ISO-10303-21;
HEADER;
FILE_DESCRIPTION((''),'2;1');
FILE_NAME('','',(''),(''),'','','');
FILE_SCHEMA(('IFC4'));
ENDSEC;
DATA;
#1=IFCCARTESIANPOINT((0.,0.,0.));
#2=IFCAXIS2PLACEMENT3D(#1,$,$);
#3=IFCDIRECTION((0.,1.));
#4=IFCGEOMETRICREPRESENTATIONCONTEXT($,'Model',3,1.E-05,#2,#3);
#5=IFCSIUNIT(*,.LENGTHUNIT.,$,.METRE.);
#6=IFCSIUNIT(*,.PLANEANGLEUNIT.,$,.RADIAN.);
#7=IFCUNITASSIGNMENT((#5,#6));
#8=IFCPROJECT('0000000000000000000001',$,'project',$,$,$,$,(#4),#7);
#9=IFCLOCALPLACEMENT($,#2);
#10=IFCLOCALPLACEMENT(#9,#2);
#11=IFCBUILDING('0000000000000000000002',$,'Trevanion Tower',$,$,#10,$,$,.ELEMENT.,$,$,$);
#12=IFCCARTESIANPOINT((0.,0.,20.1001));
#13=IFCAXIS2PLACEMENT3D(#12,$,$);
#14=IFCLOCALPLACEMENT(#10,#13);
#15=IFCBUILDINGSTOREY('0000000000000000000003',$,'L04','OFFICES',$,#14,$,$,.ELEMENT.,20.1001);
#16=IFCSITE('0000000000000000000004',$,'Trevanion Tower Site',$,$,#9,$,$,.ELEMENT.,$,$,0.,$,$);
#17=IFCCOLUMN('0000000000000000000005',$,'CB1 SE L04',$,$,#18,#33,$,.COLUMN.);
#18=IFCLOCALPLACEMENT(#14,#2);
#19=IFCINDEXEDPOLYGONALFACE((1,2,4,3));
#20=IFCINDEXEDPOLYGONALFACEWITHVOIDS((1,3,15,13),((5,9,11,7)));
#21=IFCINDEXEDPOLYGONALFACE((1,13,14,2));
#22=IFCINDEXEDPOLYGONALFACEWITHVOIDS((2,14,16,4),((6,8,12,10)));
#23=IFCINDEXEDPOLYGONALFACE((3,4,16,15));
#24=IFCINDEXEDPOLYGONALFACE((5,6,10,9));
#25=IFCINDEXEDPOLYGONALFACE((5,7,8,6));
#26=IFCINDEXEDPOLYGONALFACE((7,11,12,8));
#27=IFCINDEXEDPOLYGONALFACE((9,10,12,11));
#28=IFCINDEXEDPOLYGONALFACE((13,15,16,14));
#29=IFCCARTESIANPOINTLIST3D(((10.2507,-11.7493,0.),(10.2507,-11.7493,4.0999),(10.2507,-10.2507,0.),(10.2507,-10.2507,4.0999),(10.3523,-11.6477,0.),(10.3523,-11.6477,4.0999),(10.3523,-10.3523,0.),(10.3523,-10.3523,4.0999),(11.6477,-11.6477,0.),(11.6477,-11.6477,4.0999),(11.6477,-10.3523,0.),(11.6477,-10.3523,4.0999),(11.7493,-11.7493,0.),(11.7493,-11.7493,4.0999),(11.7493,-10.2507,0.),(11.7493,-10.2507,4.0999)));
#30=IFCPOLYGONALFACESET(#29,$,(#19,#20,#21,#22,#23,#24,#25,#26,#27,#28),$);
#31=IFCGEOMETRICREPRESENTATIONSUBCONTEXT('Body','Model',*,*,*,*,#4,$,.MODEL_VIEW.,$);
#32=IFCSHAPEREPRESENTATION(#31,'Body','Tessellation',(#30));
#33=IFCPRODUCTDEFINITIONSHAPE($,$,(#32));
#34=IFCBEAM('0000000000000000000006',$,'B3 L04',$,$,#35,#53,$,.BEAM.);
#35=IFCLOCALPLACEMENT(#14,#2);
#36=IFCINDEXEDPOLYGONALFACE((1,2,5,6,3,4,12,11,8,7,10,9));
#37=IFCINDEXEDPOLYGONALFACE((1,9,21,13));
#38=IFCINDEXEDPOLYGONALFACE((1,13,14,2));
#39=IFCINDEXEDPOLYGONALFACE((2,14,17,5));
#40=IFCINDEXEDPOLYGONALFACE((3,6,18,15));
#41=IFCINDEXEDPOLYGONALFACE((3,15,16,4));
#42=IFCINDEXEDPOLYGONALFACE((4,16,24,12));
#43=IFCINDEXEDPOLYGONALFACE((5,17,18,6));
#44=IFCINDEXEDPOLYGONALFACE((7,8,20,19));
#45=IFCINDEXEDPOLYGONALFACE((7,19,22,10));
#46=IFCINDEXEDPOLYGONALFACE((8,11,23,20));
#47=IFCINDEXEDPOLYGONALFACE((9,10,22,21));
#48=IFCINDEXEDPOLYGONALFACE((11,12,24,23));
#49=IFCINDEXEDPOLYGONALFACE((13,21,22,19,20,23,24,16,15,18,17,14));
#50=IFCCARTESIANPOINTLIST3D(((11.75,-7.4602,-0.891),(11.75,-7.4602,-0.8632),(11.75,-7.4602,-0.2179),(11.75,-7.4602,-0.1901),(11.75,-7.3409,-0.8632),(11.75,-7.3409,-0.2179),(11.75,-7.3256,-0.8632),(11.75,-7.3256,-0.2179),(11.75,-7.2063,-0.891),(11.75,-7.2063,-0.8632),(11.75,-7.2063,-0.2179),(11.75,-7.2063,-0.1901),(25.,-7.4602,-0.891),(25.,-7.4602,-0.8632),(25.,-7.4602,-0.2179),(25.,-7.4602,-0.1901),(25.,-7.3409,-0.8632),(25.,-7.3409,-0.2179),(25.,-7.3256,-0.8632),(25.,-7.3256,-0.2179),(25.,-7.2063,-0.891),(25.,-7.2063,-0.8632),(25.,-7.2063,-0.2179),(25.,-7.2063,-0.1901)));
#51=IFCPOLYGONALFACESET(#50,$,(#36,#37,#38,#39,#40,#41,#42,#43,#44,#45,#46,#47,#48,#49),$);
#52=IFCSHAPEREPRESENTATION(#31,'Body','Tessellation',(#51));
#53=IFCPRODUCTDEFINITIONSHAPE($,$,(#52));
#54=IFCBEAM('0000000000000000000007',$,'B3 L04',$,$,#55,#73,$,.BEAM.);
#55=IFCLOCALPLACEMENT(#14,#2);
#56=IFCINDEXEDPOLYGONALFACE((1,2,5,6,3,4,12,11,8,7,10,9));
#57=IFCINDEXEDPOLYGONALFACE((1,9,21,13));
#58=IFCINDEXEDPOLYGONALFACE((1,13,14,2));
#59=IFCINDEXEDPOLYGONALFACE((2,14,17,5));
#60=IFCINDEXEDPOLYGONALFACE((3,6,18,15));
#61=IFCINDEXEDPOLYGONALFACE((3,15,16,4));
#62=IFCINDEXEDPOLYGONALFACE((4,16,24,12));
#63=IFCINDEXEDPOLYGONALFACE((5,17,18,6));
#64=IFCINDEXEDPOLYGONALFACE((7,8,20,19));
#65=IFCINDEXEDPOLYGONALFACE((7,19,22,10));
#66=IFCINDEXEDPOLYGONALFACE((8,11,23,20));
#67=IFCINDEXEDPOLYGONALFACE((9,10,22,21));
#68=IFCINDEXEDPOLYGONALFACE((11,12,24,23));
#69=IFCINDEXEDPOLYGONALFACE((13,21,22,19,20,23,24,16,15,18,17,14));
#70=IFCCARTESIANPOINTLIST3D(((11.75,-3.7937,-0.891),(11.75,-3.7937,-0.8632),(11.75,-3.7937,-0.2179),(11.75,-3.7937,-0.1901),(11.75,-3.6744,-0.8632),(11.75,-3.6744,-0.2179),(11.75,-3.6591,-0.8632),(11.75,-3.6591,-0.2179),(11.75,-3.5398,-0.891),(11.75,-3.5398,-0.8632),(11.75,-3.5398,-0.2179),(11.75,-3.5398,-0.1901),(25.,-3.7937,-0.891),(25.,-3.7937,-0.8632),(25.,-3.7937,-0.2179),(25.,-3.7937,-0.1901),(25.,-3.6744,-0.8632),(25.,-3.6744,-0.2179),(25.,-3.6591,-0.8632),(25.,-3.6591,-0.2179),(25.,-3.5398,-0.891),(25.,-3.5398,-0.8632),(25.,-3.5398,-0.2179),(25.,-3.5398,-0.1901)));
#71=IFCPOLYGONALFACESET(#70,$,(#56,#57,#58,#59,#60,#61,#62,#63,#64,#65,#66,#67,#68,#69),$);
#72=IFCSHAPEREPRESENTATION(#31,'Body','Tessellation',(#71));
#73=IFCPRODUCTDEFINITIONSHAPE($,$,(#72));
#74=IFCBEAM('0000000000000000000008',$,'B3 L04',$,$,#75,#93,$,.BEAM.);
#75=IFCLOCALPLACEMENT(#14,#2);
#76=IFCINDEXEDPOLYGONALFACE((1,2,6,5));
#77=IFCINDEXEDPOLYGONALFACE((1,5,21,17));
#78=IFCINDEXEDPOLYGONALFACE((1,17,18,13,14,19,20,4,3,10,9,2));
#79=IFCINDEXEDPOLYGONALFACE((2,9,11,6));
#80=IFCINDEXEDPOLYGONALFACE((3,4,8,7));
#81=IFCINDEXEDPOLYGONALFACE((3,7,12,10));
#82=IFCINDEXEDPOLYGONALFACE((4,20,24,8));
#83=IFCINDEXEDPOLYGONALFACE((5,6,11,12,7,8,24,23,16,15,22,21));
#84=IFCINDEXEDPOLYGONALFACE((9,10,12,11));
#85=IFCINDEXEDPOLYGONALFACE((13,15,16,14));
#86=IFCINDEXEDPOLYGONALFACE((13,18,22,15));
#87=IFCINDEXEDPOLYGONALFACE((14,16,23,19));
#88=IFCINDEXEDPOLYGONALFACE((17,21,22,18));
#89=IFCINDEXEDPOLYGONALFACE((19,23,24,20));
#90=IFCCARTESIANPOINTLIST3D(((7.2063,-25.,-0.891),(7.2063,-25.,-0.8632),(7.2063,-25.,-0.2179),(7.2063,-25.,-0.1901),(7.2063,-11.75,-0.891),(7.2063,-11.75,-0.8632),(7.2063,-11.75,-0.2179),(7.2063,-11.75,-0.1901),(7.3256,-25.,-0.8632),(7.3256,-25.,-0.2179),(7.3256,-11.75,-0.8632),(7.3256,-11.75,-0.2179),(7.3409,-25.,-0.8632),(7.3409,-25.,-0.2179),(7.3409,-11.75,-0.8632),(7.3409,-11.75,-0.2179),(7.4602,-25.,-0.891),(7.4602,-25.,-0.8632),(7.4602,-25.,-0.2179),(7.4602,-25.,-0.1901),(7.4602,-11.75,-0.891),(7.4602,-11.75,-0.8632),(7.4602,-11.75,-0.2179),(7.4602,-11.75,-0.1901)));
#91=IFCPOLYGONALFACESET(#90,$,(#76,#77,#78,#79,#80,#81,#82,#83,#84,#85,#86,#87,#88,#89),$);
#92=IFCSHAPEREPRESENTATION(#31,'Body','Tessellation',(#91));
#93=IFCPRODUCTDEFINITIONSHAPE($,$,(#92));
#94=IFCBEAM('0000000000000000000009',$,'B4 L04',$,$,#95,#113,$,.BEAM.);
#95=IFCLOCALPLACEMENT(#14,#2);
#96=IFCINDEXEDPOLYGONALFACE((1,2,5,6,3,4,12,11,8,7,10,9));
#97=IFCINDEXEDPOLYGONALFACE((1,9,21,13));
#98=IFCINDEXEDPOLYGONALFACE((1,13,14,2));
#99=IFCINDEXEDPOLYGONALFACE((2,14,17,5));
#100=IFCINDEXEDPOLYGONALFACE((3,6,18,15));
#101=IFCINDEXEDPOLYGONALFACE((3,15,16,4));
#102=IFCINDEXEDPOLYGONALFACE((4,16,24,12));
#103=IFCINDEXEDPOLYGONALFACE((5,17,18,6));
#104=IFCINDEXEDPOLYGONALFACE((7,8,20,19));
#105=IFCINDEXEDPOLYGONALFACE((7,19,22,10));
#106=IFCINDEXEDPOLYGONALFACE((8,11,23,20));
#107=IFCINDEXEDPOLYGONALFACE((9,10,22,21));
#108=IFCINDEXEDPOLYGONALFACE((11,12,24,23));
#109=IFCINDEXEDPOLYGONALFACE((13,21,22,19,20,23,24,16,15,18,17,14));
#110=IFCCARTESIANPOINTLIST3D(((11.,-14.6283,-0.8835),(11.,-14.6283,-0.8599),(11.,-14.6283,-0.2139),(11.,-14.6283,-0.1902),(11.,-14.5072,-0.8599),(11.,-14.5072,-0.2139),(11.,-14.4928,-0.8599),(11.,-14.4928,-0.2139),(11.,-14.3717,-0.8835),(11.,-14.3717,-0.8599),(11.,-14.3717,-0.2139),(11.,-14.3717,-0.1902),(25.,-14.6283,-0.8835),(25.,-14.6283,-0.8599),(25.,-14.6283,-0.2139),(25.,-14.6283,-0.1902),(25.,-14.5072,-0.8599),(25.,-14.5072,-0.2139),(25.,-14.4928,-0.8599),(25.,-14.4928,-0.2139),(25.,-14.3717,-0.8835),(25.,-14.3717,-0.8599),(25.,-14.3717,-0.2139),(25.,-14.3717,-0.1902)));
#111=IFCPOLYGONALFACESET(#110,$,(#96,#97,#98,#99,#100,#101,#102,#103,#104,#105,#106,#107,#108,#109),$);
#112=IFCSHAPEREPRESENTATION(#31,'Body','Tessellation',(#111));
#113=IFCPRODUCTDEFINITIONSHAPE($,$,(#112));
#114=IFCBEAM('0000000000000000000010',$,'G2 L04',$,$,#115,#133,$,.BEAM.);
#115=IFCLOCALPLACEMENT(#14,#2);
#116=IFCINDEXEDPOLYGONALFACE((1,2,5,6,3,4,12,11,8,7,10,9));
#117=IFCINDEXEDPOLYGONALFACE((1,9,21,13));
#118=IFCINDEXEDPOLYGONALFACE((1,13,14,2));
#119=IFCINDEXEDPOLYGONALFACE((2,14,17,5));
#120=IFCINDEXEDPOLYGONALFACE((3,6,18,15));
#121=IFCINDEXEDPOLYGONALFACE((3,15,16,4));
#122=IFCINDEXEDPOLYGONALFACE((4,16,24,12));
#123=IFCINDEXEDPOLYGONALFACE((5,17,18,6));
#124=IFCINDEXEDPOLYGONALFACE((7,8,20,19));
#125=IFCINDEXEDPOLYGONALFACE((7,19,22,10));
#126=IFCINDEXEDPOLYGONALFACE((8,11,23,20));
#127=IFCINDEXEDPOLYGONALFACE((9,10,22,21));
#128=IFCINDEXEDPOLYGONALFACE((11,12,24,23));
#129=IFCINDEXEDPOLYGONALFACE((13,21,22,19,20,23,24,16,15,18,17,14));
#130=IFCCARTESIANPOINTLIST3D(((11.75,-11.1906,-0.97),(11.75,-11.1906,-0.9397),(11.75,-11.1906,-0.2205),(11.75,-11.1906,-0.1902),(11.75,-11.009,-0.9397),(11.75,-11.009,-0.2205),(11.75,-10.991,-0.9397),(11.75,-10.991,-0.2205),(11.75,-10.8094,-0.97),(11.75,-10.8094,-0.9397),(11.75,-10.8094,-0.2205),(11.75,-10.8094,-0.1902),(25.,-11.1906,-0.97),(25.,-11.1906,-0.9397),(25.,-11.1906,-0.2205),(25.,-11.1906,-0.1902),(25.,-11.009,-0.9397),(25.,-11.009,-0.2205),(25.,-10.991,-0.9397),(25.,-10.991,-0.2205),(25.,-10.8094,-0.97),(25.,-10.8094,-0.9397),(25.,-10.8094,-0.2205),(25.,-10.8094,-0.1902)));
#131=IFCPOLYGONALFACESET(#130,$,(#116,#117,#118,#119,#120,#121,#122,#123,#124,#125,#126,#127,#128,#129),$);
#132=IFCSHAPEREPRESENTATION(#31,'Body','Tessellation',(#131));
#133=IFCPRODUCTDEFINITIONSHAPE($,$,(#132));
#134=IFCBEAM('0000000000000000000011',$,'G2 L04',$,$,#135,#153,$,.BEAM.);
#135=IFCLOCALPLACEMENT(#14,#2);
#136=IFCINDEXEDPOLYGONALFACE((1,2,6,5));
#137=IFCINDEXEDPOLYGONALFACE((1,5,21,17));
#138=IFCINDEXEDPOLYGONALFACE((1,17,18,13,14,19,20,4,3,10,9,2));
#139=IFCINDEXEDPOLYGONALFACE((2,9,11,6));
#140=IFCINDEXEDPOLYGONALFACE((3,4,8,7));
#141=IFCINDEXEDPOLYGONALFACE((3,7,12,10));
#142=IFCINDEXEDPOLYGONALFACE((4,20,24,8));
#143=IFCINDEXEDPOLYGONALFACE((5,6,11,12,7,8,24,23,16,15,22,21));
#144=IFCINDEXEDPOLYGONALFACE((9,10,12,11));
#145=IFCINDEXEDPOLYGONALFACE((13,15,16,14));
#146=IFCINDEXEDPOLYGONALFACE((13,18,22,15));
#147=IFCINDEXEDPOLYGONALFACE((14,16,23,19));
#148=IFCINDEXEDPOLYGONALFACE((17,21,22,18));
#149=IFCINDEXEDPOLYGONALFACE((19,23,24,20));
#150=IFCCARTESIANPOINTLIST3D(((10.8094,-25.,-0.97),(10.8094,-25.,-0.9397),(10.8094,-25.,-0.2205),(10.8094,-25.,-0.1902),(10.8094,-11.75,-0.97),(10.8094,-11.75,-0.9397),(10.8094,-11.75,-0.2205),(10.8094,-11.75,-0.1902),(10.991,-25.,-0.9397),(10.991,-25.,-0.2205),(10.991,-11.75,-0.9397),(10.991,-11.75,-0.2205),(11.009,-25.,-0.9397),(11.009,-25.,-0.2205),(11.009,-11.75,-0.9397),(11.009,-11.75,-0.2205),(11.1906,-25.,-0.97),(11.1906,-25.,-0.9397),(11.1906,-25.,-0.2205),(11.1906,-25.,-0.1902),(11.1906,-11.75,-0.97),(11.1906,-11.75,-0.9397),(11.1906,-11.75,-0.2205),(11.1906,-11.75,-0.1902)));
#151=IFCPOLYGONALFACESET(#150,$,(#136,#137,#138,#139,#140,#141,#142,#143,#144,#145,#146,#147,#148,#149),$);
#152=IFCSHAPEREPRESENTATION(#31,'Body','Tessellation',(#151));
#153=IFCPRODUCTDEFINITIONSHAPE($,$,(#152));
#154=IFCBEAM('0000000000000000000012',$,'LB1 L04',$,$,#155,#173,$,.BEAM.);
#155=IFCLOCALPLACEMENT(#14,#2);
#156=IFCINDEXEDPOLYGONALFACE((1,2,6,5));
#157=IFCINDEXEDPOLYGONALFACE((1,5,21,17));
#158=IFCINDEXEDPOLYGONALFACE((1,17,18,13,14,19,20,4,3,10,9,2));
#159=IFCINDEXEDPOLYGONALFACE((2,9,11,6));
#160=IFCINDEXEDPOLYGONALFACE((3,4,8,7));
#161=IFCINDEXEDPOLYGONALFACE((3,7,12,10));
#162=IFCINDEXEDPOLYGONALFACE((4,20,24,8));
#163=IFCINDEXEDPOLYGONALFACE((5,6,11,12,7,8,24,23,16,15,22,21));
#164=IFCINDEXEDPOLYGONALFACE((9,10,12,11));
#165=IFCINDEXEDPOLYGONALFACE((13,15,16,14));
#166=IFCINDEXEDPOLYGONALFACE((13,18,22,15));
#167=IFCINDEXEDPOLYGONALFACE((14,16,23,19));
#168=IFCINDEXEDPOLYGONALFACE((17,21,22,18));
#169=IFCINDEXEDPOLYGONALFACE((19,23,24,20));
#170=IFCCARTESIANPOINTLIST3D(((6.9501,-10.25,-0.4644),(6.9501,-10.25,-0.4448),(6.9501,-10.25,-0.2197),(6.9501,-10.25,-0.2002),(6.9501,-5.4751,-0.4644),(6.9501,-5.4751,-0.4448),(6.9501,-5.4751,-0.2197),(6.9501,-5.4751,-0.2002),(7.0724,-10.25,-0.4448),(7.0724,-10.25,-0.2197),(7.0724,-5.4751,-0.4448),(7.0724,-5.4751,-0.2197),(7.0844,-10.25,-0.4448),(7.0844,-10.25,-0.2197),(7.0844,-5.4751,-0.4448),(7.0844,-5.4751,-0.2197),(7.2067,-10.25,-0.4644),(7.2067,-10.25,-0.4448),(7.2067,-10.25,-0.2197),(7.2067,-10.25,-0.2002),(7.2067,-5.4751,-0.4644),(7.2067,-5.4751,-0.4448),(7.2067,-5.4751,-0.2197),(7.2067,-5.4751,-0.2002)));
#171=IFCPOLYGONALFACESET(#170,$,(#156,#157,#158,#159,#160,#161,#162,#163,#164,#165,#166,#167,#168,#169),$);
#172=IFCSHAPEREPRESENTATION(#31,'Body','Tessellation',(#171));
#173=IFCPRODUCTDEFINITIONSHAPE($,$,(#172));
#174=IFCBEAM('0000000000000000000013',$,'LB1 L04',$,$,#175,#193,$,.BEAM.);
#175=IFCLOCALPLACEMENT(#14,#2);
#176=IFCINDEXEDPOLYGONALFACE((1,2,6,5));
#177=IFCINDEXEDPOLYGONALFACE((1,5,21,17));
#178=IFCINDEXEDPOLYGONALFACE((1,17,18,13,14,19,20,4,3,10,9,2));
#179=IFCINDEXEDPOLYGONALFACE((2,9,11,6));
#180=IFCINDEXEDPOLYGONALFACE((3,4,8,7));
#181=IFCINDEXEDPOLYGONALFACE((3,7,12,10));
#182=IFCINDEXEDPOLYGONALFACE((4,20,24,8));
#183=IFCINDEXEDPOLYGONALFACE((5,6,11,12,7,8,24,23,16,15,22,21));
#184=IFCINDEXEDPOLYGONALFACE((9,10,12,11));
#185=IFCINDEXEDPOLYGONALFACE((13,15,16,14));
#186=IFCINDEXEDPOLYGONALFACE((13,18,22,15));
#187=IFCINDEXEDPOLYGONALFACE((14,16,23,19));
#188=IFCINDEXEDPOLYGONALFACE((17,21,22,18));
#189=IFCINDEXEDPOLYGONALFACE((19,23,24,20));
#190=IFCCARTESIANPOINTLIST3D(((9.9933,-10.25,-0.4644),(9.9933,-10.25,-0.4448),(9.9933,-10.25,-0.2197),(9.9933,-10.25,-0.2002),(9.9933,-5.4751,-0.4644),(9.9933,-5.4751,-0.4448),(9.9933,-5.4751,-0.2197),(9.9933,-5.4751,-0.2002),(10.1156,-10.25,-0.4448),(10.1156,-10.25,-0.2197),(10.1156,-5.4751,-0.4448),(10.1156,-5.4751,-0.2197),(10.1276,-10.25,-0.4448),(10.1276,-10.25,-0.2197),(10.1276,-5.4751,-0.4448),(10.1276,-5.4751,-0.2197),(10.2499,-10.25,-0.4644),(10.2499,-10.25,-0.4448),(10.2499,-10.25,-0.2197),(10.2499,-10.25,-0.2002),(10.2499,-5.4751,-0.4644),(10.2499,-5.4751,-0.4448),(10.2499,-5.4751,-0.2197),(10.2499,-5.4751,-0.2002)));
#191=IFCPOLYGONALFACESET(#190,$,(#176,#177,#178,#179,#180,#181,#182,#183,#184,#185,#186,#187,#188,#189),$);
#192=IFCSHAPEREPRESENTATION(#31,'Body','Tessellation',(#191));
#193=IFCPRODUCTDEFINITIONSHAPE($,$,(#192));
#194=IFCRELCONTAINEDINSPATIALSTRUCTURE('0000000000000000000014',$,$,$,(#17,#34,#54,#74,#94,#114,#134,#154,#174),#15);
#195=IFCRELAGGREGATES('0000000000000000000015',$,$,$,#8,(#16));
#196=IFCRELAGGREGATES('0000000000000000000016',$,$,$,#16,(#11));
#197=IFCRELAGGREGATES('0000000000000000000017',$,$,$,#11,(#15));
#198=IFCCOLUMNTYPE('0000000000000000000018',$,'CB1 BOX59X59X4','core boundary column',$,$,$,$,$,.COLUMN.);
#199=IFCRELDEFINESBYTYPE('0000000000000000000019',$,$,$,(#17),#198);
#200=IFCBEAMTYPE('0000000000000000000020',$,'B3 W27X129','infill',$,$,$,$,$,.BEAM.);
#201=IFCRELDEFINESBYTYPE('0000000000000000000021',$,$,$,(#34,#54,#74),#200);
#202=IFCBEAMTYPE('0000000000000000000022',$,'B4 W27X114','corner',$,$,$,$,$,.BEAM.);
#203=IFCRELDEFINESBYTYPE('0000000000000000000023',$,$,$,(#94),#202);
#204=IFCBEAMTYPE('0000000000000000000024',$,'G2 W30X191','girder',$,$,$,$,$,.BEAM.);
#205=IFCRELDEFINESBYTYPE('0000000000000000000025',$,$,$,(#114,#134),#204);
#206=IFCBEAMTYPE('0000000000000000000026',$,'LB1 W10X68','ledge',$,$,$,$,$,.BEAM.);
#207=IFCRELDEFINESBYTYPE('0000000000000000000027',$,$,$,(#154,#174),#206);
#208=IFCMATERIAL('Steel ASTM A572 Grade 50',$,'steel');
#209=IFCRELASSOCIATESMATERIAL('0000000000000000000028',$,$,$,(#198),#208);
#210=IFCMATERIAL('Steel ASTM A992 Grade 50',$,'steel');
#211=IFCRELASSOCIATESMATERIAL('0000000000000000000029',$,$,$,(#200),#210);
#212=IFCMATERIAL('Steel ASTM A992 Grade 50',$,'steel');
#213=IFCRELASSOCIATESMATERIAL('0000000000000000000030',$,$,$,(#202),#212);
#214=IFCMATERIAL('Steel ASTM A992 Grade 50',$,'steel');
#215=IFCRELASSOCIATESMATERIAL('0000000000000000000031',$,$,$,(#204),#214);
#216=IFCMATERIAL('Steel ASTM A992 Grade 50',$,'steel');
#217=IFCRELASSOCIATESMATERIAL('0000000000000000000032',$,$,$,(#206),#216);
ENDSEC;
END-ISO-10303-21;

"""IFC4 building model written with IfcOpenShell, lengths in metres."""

from ifc_helpers import new_model, si_unit, direction, frame, origin, origin_2d, place, context, subcontext, project, spatial, hollow_rectangle, i_section, extrude, material, material_profile, profile_set, type_object, element, save


model = new_model("IFC4")

# Units and contexts
model_context = context("Model", 3, precision=1e-05, world=origin(), true_north=direction((0.0, 1.0)))
body_context = subcontext(model_context, "Body", "Model", "MODEL_VIEW")
ifc_project = project(units=[si_unit("LENGTHUNIT", "METRE"), si_unit("PLANEANGLEUNIT", "RADIAN")], contexts=[model_context])

# Site, building, storey
site_placement = place(None, origin())
site = spatial("IfcSite", under=ifc_project, at=site_placement, Name="Trevanion Tower Site", CompositionType="ELEMENT", RefElevation=0.0)
building_placement = place(site_placement, origin())
building = spatial("IfcBuilding", under=site, at=building_placement, Name="Trevanion Tower", CompositionType="ELEMENT")
storey_placement = place(building_placement, frame((0.0, 0.0, 20.1001)))
storey = spatial("IfcBuildingStorey", under=building, at=storey_placement, Name="L04", Description="OFFICES", CompositionType="ELEMENT", Elevation=20.1001)

# Column
ifc_material_1 = material(Name="Steel ASTM A572 Grade 50", Category="steel")
ifc_material_profile_1 = material_profile(ifc_material_1, hollow_rectangle(XDim=1.4985, YDim=1.4985, WallThickness=0.1016, at=origin_2d()), Name="BOX59X59X4")
ifc_profile_set_1 = profile_set([ifc_material_profile_1], Name="Steel ASTM A572 Grade 50")
column_type = type_object("IfcColumnType", Name="CB1 BOX59X59X4", Description="core boundary column", PredefinedType="COLUMN", material=ifc_profile_set_1)
column_placement = place(storey_placement, frame((11.0, -11.0, 0.0), z_axis=(0.0, 0.0, 1.0), x_axis=(1.0, 0.0, 0.0)))
element("IfcColumn", 1, at=column_placement, inside=storey, type_object=column_type, Name="CB1 SE L04", PredefinedType="COLUMN", context=body_context, shape_type="SweptSolid", body=[
    extrude(hollow_rectangle(XDim=1.4985, YDim=1.4985, WallThickness=0.1016, at=origin_2d()), origin(), (0.0, 0.0, 1.0), 4.0999),
])

# Beams
ifc_material_2 = material(Name="Steel ASTM A992 Grade 50", Category="steel")
ifc_material_profile_2 = material_profile(ifc_material_2, i_section(OverallWidth=0.2539, OverallDepth=0.7009, WebThickness=0.0154, FlangeThickness=0.0278, at=origin_2d()), Name="W27X129")
ifc_profile_set_2 = profile_set([ifc_material_profile_2], Name="Steel ASTM A992 Grade 50")
beam_type_1 = type_object("IfcBeamType", Name="B3 W27X129", Description="infill", PredefinedType="BEAM", material=ifc_profile_set_2)
for number, where, z_axis, x_axis, name in (
    (2, (11.75, -7.3333, -0.5405), (1.0, 0.0, 0.0), (0.0, 1.0, 0.0), "B3 L04"),
    (3, (11.75, -3.6667, -0.5405), (1.0, 0.0, 0.0), (0.0, 1.0, 0.0), "B3 L04"),
    (4, (7.3333, -11.75, -0.5405), (0.0, -1.0, 0.0), (1.0, 0.0, 0.0), "B3 L04"),
):
    element("IfcBeam", number, at=place(storey_placement, frame(where, z_axis=z_axis, x_axis=x_axis)), inside=storey, type_object=beam_type_1, Name=name, PredefinedType="BEAM", context=body_context, shape_type="SweptSolid", body=[
        extrude(i_section(OverallWidth=0.2539, OverallDepth=0.7009, WebThickness=0.0154, FlangeThickness=0.0278, at=origin_2d()), origin(), (0.0, 0.0, 1.0), 13.25),
    ])
ifc_material_3 = material(Name="Steel ASTM A992 Grade 50", Category="steel")
ifc_material_profile_3 = material_profile(ifc_material_3, i_section(OverallWidth=0.2566, OverallDepth=0.6934, WebThickness=0.0144, FlangeThickness=0.0237, at=origin_2d()), Name="W27X114")
ifc_profile_set_3 = profile_set([ifc_material_profile_3], Name="Steel ASTM A992 Grade 50")
beam_type_2 = type_object("IfcBeamType", Name="B4 W27X114", Description="corner", PredefinedType="BEAM", material=ifc_profile_set_3)
beam_1_placement = place(storey_placement, frame((11.0, -14.5, -0.5369), z_axis=(1.0, 0.0, 0.0), x_axis=(0.0, 1.0, 0.0)))
element("IfcBeam", 5, at=beam_1_placement, inside=storey, type_object=beam_type_2, Name="B4 L04", PredefinedType="BEAM", context=body_context, shape_type="SweptSolid", body=[
    extrude(i_section(OverallWidth=0.2566, OverallDepth=0.6934, WebThickness=0.0144, FlangeThickness=0.0237, at=origin_2d()), origin(), (0.0, 0.0, 1.0), 14.0),
])
ifc_material_4 = material(Name="Steel ASTM A992 Grade 50", Category="steel")
ifc_material_profile_4 = material_profile(ifc_material_4, i_section(OverallWidth=0.3811, OverallDepth=0.7798, WebThickness=0.0181, FlangeThickness=0.0303, at=origin_2d()), Name="W30X191")
ifc_profile_set_4 = profile_set([ifc_material_profile_4], Name="Steel ASTM A992 Grade 50")
beam_type_3 = type_object("IfcBeamType", Name="G2 W30X191", Description="girder", PredefinedType="BEAM", material=ifc_profile_set_4)
for number, where, z_axis, x_axis, name in (
    (6, (11.75, -11.0, -0.5801), (1.0, 0.0, 0.0), (0.0, 1.0, 0.0), "G2 L04"),
    (7, (11.0, -11.75, -0.5801), (0.0, -1.0, 0.0), (1.0, 0.0, 0.0), "G2 L04"),
):
    element("IfcBeam", number, at=place(storey_placement, frame(where, z_axis=z_axis, x_axis=x_axis)), inside=storey, type_object=beam_type_3, Name=name, PredefinedType="BEAM", context=body_context, shape_type="SweptSolid", body=[
        extrude(i_section(OverallWidth=0.3811, OverallDepth=0.7798, WebThickness=0.0181, FlangeThickness=0.0303, at=origin_2d()), origin(), (0.0, 0.0, 1.0), 13.25),
    ])
ifc_material_5 = material(Name="Steel ASTM A992 Grade 50", Category="steel")
ifc_material_profile_5 = material_profile(ifc_material_5, i_section(OverallWidth=0.2566, OverallDepth=0.2642, WebThickness=0.012, FlangeThickness=0.0195, at=origin_2d()), Name="W10X68")
ifc_profile_set_5 = profile_set([ifc_material_profile_5], Name="Steel ASTM A992 Grade 50")
beam_type_4 = type_object("IfcBeamType", Name="LB1 W10X68", Description="ledge", PredefinedType="BEAM", material=ifc_profile_set_5)
for number, where, z_axis, x_axis, name in (
    (8, (7.0784, -10.25, -0.3323), (0.0, 1.0, 0.0), (-1.0, 0.0, 0.0), "LB1 L04"),
    (9, (10.1216, -10.25, -0.3323), (0.0, 1.0, 0.0), (-1.0, 0.0, 0.0), "LB1 L04"),
):
    element("IfcBeam", number, at=place(storey_placement, frame(where, z_axis=z_axis, x_axis=x_axis)), inside=storey, type_object=beam_type_4, Name=name, PredefinedType="BEAM", context=body_context, shape_type="SweptSolid", body=[
        extrude(i_section(OverallWidth=0.2566, OverallDepth=0.2642, WebThickness=0.012, FlangeThickness=0.0195, at=origin_2d()), origin(), (0.0, 0.0, 1.0), 4.7749),
    ])

save(model, "model.ifc")
